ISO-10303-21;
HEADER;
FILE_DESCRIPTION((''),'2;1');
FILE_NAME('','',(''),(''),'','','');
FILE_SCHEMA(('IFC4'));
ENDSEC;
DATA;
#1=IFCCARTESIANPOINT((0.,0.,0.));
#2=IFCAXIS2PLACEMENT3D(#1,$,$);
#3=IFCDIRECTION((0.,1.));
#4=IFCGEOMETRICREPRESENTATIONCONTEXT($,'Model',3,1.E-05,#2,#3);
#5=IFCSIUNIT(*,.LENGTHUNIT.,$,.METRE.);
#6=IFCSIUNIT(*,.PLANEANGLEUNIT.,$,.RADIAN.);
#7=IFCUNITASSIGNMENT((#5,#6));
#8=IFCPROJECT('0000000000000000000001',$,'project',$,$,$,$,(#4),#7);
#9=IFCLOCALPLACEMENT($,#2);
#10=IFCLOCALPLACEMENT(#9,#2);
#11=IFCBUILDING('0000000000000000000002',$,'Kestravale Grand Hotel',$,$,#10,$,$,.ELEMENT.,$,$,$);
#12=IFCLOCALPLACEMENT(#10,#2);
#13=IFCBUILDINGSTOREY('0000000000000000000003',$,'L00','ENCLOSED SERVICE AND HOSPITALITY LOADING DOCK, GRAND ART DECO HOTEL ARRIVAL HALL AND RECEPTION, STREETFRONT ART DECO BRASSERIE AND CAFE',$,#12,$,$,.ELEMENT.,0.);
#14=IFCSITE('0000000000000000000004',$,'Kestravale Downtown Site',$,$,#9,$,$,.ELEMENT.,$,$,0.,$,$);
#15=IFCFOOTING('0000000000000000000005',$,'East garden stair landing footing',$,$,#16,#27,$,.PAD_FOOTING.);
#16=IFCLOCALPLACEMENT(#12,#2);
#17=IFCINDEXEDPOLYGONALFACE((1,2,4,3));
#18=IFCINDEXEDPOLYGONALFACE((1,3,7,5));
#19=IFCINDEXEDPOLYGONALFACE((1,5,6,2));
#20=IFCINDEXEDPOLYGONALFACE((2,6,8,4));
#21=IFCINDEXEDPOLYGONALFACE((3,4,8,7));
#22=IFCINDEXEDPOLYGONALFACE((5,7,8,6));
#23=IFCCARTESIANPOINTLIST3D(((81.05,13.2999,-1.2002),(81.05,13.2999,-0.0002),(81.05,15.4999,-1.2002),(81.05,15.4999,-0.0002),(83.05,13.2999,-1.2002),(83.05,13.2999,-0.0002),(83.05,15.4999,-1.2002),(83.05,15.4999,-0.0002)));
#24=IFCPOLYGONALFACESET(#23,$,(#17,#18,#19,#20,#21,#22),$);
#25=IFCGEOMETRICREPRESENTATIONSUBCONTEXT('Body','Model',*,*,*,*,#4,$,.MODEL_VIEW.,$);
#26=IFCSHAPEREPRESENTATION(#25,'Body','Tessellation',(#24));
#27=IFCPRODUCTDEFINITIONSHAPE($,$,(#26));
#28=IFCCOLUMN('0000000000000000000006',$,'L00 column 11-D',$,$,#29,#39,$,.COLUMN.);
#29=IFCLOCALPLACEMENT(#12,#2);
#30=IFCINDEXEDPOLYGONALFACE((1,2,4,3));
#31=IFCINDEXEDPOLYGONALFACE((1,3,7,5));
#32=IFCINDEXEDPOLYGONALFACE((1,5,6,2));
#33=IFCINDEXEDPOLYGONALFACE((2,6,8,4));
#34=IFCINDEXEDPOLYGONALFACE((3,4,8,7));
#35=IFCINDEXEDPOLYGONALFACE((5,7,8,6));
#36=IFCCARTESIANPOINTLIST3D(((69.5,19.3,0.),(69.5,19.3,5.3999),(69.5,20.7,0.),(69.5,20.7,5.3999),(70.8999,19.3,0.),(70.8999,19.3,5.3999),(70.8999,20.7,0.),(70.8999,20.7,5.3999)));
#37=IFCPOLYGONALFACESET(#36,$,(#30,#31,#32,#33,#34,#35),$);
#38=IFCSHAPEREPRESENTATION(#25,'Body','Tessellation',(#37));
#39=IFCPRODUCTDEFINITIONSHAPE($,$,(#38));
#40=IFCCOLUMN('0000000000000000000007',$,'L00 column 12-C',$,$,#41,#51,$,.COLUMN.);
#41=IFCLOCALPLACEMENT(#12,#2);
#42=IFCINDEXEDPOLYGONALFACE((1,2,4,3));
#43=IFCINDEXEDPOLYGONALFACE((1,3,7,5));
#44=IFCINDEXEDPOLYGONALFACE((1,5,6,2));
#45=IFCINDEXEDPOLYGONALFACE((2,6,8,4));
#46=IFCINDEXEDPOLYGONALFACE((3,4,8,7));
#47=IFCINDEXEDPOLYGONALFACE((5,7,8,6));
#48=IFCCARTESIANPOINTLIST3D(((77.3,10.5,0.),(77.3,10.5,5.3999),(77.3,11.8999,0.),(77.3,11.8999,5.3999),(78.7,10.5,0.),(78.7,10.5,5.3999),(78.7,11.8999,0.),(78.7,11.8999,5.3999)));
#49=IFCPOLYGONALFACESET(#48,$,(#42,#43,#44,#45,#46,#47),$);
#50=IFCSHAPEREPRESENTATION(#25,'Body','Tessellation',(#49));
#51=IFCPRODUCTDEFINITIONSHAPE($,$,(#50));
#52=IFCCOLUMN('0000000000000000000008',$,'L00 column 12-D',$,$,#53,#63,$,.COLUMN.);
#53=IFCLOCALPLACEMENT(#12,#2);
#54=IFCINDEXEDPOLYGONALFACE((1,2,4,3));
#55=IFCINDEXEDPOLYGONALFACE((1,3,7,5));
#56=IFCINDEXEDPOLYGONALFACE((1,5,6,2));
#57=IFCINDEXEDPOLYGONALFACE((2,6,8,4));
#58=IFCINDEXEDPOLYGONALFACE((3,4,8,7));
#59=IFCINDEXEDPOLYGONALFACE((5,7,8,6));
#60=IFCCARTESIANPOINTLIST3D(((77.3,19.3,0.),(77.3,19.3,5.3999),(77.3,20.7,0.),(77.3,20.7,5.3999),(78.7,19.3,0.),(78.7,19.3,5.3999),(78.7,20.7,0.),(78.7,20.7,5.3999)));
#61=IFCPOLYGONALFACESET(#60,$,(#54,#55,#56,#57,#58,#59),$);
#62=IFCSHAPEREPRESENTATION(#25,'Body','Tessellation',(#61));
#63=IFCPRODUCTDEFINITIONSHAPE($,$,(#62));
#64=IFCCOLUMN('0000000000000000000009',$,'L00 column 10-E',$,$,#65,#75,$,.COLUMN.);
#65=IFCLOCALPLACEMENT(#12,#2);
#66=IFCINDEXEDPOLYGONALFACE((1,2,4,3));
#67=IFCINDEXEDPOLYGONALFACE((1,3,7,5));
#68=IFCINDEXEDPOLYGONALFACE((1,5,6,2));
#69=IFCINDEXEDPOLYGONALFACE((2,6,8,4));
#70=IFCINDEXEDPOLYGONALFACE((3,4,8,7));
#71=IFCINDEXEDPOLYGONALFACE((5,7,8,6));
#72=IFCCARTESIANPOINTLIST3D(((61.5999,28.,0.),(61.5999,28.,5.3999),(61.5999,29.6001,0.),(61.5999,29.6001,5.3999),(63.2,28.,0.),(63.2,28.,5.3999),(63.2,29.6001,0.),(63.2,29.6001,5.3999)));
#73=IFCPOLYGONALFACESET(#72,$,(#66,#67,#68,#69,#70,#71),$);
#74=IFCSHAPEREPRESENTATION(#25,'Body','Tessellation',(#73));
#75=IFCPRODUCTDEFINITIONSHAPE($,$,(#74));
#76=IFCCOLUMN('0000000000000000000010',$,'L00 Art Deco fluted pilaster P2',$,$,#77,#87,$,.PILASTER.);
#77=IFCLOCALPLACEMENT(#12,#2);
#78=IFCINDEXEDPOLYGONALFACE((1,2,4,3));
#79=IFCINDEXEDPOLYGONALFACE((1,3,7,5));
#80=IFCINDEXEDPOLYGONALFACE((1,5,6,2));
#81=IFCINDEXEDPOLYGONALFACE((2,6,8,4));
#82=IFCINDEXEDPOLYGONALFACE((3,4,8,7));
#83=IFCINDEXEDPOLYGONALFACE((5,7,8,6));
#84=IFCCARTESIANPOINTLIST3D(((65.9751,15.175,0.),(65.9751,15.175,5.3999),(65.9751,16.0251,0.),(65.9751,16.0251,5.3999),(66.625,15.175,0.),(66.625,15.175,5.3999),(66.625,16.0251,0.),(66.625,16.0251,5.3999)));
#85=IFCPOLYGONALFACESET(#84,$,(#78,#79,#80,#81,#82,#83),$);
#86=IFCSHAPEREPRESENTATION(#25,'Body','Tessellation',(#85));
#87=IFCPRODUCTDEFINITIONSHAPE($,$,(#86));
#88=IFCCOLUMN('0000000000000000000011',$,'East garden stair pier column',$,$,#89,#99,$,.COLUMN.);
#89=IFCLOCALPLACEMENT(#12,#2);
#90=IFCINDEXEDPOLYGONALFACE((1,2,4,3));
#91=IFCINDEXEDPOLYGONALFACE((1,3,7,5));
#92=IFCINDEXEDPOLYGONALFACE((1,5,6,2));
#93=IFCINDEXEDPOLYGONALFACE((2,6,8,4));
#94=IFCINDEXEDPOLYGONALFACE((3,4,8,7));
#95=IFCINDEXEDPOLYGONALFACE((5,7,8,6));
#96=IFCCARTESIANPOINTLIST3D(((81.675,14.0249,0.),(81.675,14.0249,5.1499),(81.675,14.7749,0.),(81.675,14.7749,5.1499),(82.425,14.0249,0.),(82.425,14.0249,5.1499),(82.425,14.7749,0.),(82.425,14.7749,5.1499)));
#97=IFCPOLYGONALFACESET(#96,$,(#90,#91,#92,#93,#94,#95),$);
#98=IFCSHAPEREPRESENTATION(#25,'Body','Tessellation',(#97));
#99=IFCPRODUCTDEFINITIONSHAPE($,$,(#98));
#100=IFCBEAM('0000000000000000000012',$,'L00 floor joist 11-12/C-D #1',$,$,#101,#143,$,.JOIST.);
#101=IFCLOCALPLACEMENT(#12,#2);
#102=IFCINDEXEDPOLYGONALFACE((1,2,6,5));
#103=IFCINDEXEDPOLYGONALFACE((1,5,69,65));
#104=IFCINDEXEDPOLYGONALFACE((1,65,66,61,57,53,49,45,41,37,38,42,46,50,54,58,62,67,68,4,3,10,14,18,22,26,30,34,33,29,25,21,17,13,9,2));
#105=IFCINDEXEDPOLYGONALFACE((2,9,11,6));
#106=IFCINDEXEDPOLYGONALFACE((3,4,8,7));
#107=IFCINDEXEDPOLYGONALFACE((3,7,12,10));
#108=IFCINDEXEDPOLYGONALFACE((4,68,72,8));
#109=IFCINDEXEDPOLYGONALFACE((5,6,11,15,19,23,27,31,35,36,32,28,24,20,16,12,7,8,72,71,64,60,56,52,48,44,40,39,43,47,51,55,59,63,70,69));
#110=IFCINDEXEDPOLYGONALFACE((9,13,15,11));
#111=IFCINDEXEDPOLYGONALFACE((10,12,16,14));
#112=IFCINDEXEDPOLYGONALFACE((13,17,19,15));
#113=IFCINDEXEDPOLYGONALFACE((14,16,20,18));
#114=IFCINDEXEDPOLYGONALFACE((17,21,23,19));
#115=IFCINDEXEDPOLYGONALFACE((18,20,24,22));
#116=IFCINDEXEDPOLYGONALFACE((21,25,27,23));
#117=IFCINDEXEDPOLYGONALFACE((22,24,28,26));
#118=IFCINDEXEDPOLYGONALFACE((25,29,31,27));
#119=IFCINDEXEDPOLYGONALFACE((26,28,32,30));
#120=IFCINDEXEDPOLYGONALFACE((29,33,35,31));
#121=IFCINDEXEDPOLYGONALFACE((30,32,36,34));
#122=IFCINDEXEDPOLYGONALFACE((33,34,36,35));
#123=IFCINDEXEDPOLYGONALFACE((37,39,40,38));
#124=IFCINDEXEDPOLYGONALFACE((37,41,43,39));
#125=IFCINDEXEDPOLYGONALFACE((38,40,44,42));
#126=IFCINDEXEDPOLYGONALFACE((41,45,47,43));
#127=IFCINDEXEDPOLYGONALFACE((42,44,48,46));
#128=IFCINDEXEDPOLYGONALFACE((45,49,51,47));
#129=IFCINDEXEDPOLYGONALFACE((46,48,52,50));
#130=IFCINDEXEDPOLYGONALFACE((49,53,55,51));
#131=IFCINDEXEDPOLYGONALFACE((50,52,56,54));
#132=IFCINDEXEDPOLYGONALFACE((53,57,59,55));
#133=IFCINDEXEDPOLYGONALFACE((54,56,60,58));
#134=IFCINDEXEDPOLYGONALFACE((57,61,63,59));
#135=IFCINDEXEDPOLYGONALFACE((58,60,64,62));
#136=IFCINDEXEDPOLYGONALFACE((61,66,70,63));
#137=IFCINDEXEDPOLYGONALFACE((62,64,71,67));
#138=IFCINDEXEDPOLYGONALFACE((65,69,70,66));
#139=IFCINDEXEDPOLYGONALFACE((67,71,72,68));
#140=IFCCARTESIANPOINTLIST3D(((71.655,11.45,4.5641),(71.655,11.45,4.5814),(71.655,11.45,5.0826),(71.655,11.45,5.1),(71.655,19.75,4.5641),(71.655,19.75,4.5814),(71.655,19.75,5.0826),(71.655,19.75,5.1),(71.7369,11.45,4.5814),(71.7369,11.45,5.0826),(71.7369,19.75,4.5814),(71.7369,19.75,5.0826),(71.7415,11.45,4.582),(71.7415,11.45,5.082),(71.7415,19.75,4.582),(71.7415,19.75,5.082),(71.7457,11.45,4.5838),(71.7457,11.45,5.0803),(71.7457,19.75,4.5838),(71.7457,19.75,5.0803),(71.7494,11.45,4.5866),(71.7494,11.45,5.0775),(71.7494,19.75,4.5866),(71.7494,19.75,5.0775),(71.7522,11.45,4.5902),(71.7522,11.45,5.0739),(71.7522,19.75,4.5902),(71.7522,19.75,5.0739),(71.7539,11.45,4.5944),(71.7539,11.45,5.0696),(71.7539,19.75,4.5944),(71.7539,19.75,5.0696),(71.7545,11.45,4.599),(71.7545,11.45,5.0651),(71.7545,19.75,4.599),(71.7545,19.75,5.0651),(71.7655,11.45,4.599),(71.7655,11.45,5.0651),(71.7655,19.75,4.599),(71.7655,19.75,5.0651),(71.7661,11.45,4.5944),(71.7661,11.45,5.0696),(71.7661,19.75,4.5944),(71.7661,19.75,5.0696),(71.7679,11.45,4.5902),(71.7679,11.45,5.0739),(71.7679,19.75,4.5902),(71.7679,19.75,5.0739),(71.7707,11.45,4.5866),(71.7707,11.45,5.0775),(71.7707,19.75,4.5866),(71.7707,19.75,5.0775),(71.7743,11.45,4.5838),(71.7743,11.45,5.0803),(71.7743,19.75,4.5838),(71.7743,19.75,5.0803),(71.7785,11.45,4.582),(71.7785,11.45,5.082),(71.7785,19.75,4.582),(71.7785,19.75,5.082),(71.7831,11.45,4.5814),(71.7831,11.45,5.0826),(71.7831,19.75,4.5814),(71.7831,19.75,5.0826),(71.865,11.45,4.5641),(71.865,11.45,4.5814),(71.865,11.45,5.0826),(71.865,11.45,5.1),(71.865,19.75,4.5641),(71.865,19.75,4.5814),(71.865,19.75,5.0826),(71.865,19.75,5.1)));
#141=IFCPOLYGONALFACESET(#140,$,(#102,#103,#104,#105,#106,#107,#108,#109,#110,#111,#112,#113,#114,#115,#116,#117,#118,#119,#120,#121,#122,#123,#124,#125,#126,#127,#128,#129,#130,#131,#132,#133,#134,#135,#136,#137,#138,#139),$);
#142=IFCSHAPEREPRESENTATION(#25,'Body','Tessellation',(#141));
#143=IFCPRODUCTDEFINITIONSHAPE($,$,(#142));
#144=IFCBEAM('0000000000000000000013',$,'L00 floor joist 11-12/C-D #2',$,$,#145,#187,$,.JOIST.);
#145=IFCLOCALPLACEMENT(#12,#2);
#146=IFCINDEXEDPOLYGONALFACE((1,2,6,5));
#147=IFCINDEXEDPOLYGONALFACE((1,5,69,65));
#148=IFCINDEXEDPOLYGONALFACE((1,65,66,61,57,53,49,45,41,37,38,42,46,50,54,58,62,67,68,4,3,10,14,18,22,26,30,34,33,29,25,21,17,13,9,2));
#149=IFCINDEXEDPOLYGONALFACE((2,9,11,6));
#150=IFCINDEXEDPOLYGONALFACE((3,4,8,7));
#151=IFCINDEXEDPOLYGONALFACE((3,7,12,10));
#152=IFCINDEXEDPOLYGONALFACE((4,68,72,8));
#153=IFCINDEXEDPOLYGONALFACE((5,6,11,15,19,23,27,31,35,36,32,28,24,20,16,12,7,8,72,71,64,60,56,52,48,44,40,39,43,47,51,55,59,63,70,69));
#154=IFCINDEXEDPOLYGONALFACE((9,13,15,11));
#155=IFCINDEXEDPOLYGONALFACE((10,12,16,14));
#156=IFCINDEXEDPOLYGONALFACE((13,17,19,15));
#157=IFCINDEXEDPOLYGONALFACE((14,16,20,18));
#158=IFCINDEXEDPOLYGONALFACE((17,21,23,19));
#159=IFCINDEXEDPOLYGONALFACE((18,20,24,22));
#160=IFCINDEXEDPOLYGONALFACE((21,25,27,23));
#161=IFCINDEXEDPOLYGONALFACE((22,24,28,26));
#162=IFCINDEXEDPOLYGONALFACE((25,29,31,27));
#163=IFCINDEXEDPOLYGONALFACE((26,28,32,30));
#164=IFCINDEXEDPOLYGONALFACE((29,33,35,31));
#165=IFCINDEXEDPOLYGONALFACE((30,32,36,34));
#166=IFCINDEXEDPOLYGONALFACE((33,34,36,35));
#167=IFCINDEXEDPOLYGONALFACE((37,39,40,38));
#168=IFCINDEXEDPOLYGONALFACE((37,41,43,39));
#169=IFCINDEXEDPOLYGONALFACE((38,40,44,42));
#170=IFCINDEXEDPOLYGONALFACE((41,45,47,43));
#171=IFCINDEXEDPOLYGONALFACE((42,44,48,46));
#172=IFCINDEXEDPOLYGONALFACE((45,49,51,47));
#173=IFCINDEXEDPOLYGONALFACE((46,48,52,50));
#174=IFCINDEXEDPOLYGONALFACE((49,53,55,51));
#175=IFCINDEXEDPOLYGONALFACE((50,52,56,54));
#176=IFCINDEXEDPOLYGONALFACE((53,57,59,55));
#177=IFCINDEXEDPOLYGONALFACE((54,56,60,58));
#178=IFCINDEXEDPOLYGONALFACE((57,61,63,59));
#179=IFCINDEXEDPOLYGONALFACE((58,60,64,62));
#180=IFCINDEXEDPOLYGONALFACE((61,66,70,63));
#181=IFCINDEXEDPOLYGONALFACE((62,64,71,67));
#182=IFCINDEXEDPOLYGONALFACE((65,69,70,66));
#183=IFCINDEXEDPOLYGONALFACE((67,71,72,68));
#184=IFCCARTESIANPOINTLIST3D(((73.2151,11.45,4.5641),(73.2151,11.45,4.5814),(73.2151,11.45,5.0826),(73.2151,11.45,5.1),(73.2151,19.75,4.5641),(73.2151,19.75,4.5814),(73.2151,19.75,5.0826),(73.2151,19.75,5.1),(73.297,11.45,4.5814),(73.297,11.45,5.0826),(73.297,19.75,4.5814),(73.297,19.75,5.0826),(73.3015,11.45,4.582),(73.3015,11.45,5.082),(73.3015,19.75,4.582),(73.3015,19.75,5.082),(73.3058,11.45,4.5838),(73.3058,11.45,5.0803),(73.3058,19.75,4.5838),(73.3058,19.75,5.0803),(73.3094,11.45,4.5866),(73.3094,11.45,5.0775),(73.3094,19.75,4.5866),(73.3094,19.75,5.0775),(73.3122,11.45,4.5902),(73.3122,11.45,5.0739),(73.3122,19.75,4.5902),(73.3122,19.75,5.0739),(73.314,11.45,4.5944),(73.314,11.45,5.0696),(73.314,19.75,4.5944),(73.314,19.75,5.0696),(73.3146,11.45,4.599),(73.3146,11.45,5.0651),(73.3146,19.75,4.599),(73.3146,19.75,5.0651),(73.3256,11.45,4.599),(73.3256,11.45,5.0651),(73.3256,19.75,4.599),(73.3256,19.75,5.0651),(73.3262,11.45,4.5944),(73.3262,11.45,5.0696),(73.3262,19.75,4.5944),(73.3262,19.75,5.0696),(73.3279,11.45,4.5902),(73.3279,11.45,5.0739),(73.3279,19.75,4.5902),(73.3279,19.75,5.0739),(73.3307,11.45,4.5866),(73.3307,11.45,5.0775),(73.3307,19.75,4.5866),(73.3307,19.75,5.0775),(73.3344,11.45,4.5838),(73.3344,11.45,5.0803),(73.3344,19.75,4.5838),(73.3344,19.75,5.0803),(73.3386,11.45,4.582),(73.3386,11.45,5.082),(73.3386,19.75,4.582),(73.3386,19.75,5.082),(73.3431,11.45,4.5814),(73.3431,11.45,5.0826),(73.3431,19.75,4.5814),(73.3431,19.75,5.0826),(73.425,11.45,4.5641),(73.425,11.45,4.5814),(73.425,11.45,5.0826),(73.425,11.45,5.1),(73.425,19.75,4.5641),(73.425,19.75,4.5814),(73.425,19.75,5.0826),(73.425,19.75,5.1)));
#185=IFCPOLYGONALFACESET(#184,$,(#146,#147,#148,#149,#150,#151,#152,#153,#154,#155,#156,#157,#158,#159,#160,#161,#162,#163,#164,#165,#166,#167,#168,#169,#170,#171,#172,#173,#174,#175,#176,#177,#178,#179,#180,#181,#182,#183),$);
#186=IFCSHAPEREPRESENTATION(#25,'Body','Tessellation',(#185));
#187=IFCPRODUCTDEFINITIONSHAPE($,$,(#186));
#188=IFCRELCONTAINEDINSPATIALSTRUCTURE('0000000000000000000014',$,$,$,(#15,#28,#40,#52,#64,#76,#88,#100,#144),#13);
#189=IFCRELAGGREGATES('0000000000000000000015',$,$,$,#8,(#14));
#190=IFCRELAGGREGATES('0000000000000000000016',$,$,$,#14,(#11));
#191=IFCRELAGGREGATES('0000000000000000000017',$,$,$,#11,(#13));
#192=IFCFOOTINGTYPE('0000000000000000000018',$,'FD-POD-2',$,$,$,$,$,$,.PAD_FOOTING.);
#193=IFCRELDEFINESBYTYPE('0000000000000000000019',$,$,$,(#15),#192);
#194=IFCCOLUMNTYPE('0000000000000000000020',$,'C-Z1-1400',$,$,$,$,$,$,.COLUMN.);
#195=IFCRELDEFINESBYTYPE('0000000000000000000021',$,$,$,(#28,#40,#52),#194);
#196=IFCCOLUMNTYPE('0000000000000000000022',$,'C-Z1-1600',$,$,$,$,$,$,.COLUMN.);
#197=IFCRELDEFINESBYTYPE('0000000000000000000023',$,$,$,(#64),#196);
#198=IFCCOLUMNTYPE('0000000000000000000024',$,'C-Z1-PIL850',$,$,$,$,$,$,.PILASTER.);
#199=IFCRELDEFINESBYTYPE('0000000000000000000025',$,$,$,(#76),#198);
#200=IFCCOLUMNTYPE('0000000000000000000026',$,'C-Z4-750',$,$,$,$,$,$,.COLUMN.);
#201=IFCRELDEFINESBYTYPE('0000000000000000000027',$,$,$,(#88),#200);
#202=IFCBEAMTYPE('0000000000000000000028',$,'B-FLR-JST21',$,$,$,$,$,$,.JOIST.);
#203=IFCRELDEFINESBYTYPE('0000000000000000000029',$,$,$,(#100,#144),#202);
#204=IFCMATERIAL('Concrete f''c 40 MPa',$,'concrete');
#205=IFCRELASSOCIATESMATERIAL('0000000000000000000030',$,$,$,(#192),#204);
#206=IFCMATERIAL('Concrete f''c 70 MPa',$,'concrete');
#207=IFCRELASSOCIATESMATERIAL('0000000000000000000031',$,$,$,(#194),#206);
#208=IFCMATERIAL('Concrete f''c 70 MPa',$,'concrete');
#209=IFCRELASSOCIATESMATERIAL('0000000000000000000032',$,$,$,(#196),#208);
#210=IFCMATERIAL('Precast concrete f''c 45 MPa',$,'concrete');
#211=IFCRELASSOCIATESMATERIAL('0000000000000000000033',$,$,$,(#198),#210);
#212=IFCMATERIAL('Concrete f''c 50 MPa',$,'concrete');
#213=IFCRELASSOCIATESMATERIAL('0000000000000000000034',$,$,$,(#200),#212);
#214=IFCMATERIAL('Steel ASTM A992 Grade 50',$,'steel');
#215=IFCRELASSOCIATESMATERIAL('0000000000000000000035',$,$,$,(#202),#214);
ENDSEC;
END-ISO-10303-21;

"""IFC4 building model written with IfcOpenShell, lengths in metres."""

from ifc_helpers import new_model, si_unit, direction, frame, origin, origin_2d, place, context, subcontext, project, spatial, rectangle, i_section, extrude, material, material_profile, profile_set, type_object, element, save


model = new_model("IFC4")

# Units and contexts
model_context = context("Model", 3, precision=1e-05, world=origin(), true_north=direction((0.0, 1.0)))
body_context = subcontext(model_context, "Body", "Model", "MODEL_VIEW")
ifc_project = project(units=[si_unit("LENGTHUNIT", "METRE"), si_unit("PLANEANGLEUNIT", "RADIAN")], contexts=[model_context])

# Site, building, storey
site_placement = place(None, origin())
site = spatial("IfcSite", under=ifc_project, at=site_placement, Name="Kestravale Downtown Site", CompositionType="ELEMENT", RefElevation=0.0)
building_placement = place(site_placement, origin())
building = spatial("IfcBuilding", under=site, at=building_placement, Name="Kestravale Grand Hotel", CompositionType="ELEMENT")
storey_placement = place(building_placement, origin())
storey = spatial("IfcBuildingStorey", under=building, at=storey_placement, Name="L00", Description="ENCLOSED SERVICE AND HOSPITALITY LOADING DOCK, GRAND ART DECO HOTEL ARRIVAL HALL AND RECEPTION, STREETFRONT ART DECO BRASSERIE AND CAFE", CompositionType="ELEMENT", Elevation=0.0)

# Footing
ifc_material_1 = material(Name="Concrete f'c 40 MPa", Category="concrete")
footing_type = type_object("IfcFootingType", Name="FD-POD-2", PredefinedType="PAD_FOOTING", material=ifc_material_1)
footing_placement = place(storey_placement, frame((82.05, 14.3999, -1.2002), z_axis=(0.0, 0.0, 1.0), x_axis=(1.0, 0.0, 0.0)))
element("IfcFooting", 1, at=footing_placement, inside=storey, type_object=footing_type, Name="East garden stair landing footing", PredefinedType="PAD_FOOTING", context=body_context, shape_type="SweptSolid", body=[
    extrude(rectangle(XDim=2.0, YDim=2.2, at=origin_2d()), origin(), (0.0, 0.0, 1.0), 1.2),
])

# Columns
ifc_material_2 = material(Name="Concrete f'c 70 MPa", Category="concrete")
ifc_material_profile_1 = material_profile(ifc_material_2, rectangle(XDim=1.3999, YDim=1.3999, at=origin_2d()))
ifc_profile_set_1 = profile_set([ifc_material_profile_1], Name="Concrete f'c 70 MPa")
column_type_1 = type_object("IfcColumnType", Name="C-Z1-1400", PredefinedType="COLUMN", material=ifc_profile_set_1)
for number, where, z_axis, x_axis, name in (
    (2, (70.2, 20.0, 0.0), (0.0, 0.0, 1.0), (1.0, 0.0, 0.0), "L00 column 11-D"),
    (3, (78.0, 11.2, 0.0), (0.0, 0.0, 1.0), (1.0, 0.0, 0.0), "L00 column 12-C"),
    (4, (78.0, 20.0, 0.0), (0.0, 0.0, 1.0), (1.0, 0.0, 0.0), "L00 column 12-D"),
):
    element("IfcColumn", number, at=place(storey_placement, frame(where, z_axis=z_axis, x_axis=x_axis)), inside=storey, type_object=column_type_1, Name=name, PredefinedType="COLUMN", context=body_context, shape_type="SweptSolid", body=[
        extrude(rectangle(XDim=1.3999, YDim=1.3999, at=origin_2d()), origin(), (0.0, 0.0, 1.0), 5.3999),
    ])
ifc_material_3 = material(Name="Concrete f'c 70 MPa", Category="concrete")
ifc_material_profile_2 = material_profile(ifc_material_3, rectangle(XDim=1.6001, YDim=1.6001, at=origin_2d()))
ifc_profile_set_2 = profile_set([ifc_material_profile_2], Name="Concrete f'c 70 MPa")
column_type_2 = type_object("IfcColumnType", Name="C-Z1-1600", PredefinedType="COLUMN", material=ifc_profile_set_2)
column_1_placement = place(storey_placement, frame((62.3999, 28.8, 0.0), z_axis=(0.0, 0.0, 1.0), x_axis=(1.0, 0.0, 0.0)))
element("IfcColumn", 5, at=column_1_placement, inside=storey, type_object=column_type_2, Name="L00 column 10-E", PredefinedType="COLUMN", context=body_context, shape_type="SweptSolid", body=[
    extrude(rectangle(XDim=1.6001, YDim=1.6001, at=origin_2d()), origin(), (0.0, 0.0, 1.0), 5.3999),
])
ifc_material_4 = material(Name="Precast concrete f'c 45 MPa", Category="concrete")
ifc_material_profile_3 = material_profile(ifc_material_4, rectangle(XDim=0.6499, YDim=0.8501, at=origin_2d()))
ifc_profile_set_3 = profile_set([ifc_material_profile_3], Name="Precast concrete f'c 45 MPa")
column_type_3 = type_object("IfcColumnType", Name="C-Z1-PIL850", PredefinedType="PILASTER", material=ifc_profile_set_3)
column_2_placement = place(storey_placement, frame((66.3, 15.6001, 0.0), z_axis=(0.0, 0.0, 1.0), x_axis=(1.0, 0.0, 0.0)))
element("IfcColumn", 6, at=column_2_placement, inside=storey, type_object=column_type_3, Name="L00 Art Deco fluted pilaster P2", PredefinedType="PILASTER", context=body_context, shape_type="SweptSolid", body=[
    extrude(rectangle(XDim=0.6499, YDim=0.8501, at=origin_2d()), origin(), (0.0, 0.0, 1.0), 5.3999),
])
ifc_material_5 = material(Name="Concrete f'c 50 MPa", Category="concrete")
ifc_material_profile_4 = material_profile(ifc_material_5, rectangle(XDim=0.75, YDim=0.75, at=origin_2d()))
ifc_profile_set_4 = profile_set([ifc_material_profile_4], Name="Concrete f'c 50 MPa")
column_type_4 = type_object("IfcColumnType", Name="C-Z4-750", PredefinedType="COLUMN", material=ifc_profile_set_4)
column_3_placement = place(storey_placement, frame((82.05, 14.3999, 0.0), z_axis=(0.0, 0.0, 1.0), x_axis=(1.0, 0.0, 0.0)))
element("IfcColumn", 7, at=column_3_placement, inside=storey, type_object=column_type_4, Name="East garden stair pier column", PredefinedType="COLUMN", context=body_context, shape_type="SweptSolid", body=[
    extrude(rectangle(XDim=0.75, YDim=0.75, at=origin_2d()), origin(), (0.0, 0.0, 1.0), 5.1499),
])

# Beams
ifc_material_6 = material(Name="Steel ASTM A992 Grade 50", Category="steel")
ifc_material_profile_5 = material_profile(ifc_material_6, i_section(OverallWidth=0.21, OverallDepth=0.5359, WebThickness=0.011, FlangeThickness=0.0173, FilletRadius=0.0176, at=origin_2d()))
ifc_profile_set_5 = profile_set([ifc_material_profile_5], Name="Steel ASTM A992 Grade 50")
beam_type_1 = type_object("IfcBeamType", Name="B-FLR-JST21", PredefinedType="JOIST", material=ifc_profile_set_5)
for number, where, z_axis, x_axis, name in (
    (8, (71.76, 11.45, 4.832), (0.0, 1.0, 0.0), (-1.0, 0.0, 0.0), "L00 floor joist 11-12/C-D #1"),
    (9, (73.3201, 11.45, 4.832), (0.0, 1.0, 0.0), (-1.0, 0.0, 0.0), "L00 floor joist 11-12/C-D #2"),
):
    element("IfcBeam", number, at=place(storey_placement, frame(where, z_axis=z_axis, x_axis=x_axis)), inside=storey, type_object=beam_type_1, Name=name, PredefinedType="JOIST", context=body_context, shape_type="SweptSolid", body=[
        extrude(i_section(OverallWidth=0.21, OverallDepth=0.5359, WebThickness=0.011, FlangeThickness=0.0173, FilletRadius=0.0176, at=origin_2d()), origin(), (0.0, 0.0, 1.0), 8.3),
    ])

save(model, "model.ifc")
